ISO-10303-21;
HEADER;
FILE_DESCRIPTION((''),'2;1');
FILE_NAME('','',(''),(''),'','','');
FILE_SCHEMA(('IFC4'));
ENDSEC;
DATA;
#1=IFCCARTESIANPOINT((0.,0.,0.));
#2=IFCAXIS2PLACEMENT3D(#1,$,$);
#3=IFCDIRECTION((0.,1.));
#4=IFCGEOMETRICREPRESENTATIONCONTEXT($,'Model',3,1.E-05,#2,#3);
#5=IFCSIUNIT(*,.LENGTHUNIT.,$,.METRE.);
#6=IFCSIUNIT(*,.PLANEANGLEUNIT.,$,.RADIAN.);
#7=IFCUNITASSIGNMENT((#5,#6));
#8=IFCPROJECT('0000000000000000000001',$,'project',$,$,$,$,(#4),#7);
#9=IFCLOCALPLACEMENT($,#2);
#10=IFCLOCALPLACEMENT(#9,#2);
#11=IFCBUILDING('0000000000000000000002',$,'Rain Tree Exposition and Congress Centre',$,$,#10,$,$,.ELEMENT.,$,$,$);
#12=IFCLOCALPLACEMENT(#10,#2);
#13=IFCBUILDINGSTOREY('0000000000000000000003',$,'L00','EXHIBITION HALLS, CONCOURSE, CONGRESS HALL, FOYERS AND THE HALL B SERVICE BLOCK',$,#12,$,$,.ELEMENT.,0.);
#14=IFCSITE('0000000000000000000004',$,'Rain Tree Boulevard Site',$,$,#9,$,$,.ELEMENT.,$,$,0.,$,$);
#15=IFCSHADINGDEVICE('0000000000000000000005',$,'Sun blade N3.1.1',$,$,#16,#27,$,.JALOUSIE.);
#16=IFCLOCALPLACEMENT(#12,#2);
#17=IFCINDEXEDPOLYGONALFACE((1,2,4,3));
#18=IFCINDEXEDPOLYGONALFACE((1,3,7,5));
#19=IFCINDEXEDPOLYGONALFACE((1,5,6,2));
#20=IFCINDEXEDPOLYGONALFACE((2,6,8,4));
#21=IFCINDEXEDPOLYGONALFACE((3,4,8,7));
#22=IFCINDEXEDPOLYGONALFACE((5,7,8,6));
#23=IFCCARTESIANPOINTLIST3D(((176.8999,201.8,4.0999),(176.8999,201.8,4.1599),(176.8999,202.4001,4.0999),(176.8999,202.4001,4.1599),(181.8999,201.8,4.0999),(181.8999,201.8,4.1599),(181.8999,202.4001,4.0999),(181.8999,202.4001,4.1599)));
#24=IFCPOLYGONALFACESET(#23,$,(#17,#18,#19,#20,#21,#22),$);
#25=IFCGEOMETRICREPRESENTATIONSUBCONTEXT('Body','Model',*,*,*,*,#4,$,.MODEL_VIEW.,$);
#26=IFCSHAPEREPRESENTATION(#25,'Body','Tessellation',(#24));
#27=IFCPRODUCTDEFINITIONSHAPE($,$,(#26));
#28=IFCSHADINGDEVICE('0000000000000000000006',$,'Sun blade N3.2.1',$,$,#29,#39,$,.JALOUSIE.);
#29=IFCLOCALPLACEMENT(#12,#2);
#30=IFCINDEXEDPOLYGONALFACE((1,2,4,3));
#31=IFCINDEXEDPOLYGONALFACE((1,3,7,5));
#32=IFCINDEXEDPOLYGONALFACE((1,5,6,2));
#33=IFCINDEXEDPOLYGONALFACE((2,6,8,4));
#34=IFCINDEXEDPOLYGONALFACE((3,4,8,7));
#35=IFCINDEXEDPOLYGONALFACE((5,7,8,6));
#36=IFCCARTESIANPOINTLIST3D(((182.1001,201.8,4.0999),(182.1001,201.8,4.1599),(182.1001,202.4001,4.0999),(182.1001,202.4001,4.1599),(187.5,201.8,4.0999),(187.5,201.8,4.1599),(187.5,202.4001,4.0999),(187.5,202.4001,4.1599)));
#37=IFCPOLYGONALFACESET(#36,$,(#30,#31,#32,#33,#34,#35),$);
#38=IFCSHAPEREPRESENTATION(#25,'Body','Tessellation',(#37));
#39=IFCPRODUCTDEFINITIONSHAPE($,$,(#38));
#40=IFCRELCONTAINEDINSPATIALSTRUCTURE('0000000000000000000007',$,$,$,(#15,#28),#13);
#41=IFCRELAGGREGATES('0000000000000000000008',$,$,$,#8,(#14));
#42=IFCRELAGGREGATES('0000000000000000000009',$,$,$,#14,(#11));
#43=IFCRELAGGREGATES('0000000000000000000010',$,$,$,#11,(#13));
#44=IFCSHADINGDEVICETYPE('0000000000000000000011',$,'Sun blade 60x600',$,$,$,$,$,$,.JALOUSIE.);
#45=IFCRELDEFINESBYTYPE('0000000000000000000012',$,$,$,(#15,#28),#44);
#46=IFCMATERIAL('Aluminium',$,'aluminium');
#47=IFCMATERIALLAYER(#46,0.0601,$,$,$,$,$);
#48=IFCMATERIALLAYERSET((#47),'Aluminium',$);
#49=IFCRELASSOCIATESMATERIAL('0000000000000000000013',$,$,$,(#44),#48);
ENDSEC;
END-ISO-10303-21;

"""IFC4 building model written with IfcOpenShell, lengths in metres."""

from ifc_helpers import new_model, si_unit, direction, frame, origin, origin_2d, place, context, subcontext, project, spatial, rectangle, extrude, material, layer, layer_set, type_object, element, save


model = new_model("IFC4")

# Units and contexts
model_context = context("Model", 3, precision=1e-05, world=origin(), true_north=direction((0.0, 1.0)))
body_context = subcontext(model_context, "Body", "Model", "MODEL_VIEW")
ifc_project = project(units=[si_unit("LENGTHUNIT", "METRE"), si_unit("PLANEANGLEUNIT", "RADIAN")], contexts=[model_context])

# Site, building, storey
site_placement = place(None, origin())
site = spatial("IfcSite", under=ifc_project, at=site_placement, Name="Rain Tree Boulevard Site", CompositionType="ELEMENT", RefElevation=0.0)
building_placement = place(site_placement, origin())
building = spatial("IfcBuilding", under=site, at=building_placement, Name="Rain Tree Exposition and Congress Centre", CompositionType="ELEMENT")
storey_placement = place(building_placement, origin())
storey = spatial("IfcBuildingStorey", under=building, at=storey_placement, Name="L00", Description="EXHIBITION HALLS, CONCOURSE, CONGRESS HALL, FOYERS AND THE HALL B SERVICE BLOCK", CompositionType="ELEMENT", Elevation=0.0)

# Shading devices
ifc_material_1 = material(Name="Aluminium", Category="aluminium")
ifc_layer_1 = layer(ifc_material_1, 0.0601)
ifc_layer_set_1 = layer_set([ifc_layer_1], Name="Aluminium")
shading_device_type = type_object("IfcShadingDeviceType", Name="Sun blade 60x600", PredefinedType="JALOUSIE", material=ifc_layer_set_1)
for number, where, z_axis, x_axis, name in (
    (1, (179.3999, 202.1001, 4.0999), (0.0, 0.0, 1.0), (1.0, 0.0, 0.0), "Sun blade N3.1.1"),
):
    element("IfcShadingDevice", number, at=place(storey_placement, frame(where, z_axis=z_axis, x_axis=x_axis)), inside=storey, type_object=shading_device_type, Name=name, PredefinedType="JALOUSIE", context=body_context, shape_type="SweptSolid", body=[
        extrude(rectangle(XDim=5.0, YDim=0.6001, at=origin_2d()), origin(), (0.0, 0.0, 1.0), 0.0601),
    ])
shading_device_placement = place(storey_placement, frame((184.8, 202.1001, 4.0999), z_axis=(0.0, 0.0, 1.0), x_axis=(1.0, 0.0, 0.0)))
element("IfcShadingDevice", 2, at=shading_device_placement, inside=storey, type_object=shading_device_type, Name="Sun blade N3.2.1", PredefinedType="JALOUSIE", context=body_context, shape_type="SweptSolid", body=[
    extrude(rectangle(XDim=5.3999, YDim=0.6001, at=origin_2d()), origin(), (0.0, 0.0, 1.0), 0.0601),
])

save(model, "model.ifc")
